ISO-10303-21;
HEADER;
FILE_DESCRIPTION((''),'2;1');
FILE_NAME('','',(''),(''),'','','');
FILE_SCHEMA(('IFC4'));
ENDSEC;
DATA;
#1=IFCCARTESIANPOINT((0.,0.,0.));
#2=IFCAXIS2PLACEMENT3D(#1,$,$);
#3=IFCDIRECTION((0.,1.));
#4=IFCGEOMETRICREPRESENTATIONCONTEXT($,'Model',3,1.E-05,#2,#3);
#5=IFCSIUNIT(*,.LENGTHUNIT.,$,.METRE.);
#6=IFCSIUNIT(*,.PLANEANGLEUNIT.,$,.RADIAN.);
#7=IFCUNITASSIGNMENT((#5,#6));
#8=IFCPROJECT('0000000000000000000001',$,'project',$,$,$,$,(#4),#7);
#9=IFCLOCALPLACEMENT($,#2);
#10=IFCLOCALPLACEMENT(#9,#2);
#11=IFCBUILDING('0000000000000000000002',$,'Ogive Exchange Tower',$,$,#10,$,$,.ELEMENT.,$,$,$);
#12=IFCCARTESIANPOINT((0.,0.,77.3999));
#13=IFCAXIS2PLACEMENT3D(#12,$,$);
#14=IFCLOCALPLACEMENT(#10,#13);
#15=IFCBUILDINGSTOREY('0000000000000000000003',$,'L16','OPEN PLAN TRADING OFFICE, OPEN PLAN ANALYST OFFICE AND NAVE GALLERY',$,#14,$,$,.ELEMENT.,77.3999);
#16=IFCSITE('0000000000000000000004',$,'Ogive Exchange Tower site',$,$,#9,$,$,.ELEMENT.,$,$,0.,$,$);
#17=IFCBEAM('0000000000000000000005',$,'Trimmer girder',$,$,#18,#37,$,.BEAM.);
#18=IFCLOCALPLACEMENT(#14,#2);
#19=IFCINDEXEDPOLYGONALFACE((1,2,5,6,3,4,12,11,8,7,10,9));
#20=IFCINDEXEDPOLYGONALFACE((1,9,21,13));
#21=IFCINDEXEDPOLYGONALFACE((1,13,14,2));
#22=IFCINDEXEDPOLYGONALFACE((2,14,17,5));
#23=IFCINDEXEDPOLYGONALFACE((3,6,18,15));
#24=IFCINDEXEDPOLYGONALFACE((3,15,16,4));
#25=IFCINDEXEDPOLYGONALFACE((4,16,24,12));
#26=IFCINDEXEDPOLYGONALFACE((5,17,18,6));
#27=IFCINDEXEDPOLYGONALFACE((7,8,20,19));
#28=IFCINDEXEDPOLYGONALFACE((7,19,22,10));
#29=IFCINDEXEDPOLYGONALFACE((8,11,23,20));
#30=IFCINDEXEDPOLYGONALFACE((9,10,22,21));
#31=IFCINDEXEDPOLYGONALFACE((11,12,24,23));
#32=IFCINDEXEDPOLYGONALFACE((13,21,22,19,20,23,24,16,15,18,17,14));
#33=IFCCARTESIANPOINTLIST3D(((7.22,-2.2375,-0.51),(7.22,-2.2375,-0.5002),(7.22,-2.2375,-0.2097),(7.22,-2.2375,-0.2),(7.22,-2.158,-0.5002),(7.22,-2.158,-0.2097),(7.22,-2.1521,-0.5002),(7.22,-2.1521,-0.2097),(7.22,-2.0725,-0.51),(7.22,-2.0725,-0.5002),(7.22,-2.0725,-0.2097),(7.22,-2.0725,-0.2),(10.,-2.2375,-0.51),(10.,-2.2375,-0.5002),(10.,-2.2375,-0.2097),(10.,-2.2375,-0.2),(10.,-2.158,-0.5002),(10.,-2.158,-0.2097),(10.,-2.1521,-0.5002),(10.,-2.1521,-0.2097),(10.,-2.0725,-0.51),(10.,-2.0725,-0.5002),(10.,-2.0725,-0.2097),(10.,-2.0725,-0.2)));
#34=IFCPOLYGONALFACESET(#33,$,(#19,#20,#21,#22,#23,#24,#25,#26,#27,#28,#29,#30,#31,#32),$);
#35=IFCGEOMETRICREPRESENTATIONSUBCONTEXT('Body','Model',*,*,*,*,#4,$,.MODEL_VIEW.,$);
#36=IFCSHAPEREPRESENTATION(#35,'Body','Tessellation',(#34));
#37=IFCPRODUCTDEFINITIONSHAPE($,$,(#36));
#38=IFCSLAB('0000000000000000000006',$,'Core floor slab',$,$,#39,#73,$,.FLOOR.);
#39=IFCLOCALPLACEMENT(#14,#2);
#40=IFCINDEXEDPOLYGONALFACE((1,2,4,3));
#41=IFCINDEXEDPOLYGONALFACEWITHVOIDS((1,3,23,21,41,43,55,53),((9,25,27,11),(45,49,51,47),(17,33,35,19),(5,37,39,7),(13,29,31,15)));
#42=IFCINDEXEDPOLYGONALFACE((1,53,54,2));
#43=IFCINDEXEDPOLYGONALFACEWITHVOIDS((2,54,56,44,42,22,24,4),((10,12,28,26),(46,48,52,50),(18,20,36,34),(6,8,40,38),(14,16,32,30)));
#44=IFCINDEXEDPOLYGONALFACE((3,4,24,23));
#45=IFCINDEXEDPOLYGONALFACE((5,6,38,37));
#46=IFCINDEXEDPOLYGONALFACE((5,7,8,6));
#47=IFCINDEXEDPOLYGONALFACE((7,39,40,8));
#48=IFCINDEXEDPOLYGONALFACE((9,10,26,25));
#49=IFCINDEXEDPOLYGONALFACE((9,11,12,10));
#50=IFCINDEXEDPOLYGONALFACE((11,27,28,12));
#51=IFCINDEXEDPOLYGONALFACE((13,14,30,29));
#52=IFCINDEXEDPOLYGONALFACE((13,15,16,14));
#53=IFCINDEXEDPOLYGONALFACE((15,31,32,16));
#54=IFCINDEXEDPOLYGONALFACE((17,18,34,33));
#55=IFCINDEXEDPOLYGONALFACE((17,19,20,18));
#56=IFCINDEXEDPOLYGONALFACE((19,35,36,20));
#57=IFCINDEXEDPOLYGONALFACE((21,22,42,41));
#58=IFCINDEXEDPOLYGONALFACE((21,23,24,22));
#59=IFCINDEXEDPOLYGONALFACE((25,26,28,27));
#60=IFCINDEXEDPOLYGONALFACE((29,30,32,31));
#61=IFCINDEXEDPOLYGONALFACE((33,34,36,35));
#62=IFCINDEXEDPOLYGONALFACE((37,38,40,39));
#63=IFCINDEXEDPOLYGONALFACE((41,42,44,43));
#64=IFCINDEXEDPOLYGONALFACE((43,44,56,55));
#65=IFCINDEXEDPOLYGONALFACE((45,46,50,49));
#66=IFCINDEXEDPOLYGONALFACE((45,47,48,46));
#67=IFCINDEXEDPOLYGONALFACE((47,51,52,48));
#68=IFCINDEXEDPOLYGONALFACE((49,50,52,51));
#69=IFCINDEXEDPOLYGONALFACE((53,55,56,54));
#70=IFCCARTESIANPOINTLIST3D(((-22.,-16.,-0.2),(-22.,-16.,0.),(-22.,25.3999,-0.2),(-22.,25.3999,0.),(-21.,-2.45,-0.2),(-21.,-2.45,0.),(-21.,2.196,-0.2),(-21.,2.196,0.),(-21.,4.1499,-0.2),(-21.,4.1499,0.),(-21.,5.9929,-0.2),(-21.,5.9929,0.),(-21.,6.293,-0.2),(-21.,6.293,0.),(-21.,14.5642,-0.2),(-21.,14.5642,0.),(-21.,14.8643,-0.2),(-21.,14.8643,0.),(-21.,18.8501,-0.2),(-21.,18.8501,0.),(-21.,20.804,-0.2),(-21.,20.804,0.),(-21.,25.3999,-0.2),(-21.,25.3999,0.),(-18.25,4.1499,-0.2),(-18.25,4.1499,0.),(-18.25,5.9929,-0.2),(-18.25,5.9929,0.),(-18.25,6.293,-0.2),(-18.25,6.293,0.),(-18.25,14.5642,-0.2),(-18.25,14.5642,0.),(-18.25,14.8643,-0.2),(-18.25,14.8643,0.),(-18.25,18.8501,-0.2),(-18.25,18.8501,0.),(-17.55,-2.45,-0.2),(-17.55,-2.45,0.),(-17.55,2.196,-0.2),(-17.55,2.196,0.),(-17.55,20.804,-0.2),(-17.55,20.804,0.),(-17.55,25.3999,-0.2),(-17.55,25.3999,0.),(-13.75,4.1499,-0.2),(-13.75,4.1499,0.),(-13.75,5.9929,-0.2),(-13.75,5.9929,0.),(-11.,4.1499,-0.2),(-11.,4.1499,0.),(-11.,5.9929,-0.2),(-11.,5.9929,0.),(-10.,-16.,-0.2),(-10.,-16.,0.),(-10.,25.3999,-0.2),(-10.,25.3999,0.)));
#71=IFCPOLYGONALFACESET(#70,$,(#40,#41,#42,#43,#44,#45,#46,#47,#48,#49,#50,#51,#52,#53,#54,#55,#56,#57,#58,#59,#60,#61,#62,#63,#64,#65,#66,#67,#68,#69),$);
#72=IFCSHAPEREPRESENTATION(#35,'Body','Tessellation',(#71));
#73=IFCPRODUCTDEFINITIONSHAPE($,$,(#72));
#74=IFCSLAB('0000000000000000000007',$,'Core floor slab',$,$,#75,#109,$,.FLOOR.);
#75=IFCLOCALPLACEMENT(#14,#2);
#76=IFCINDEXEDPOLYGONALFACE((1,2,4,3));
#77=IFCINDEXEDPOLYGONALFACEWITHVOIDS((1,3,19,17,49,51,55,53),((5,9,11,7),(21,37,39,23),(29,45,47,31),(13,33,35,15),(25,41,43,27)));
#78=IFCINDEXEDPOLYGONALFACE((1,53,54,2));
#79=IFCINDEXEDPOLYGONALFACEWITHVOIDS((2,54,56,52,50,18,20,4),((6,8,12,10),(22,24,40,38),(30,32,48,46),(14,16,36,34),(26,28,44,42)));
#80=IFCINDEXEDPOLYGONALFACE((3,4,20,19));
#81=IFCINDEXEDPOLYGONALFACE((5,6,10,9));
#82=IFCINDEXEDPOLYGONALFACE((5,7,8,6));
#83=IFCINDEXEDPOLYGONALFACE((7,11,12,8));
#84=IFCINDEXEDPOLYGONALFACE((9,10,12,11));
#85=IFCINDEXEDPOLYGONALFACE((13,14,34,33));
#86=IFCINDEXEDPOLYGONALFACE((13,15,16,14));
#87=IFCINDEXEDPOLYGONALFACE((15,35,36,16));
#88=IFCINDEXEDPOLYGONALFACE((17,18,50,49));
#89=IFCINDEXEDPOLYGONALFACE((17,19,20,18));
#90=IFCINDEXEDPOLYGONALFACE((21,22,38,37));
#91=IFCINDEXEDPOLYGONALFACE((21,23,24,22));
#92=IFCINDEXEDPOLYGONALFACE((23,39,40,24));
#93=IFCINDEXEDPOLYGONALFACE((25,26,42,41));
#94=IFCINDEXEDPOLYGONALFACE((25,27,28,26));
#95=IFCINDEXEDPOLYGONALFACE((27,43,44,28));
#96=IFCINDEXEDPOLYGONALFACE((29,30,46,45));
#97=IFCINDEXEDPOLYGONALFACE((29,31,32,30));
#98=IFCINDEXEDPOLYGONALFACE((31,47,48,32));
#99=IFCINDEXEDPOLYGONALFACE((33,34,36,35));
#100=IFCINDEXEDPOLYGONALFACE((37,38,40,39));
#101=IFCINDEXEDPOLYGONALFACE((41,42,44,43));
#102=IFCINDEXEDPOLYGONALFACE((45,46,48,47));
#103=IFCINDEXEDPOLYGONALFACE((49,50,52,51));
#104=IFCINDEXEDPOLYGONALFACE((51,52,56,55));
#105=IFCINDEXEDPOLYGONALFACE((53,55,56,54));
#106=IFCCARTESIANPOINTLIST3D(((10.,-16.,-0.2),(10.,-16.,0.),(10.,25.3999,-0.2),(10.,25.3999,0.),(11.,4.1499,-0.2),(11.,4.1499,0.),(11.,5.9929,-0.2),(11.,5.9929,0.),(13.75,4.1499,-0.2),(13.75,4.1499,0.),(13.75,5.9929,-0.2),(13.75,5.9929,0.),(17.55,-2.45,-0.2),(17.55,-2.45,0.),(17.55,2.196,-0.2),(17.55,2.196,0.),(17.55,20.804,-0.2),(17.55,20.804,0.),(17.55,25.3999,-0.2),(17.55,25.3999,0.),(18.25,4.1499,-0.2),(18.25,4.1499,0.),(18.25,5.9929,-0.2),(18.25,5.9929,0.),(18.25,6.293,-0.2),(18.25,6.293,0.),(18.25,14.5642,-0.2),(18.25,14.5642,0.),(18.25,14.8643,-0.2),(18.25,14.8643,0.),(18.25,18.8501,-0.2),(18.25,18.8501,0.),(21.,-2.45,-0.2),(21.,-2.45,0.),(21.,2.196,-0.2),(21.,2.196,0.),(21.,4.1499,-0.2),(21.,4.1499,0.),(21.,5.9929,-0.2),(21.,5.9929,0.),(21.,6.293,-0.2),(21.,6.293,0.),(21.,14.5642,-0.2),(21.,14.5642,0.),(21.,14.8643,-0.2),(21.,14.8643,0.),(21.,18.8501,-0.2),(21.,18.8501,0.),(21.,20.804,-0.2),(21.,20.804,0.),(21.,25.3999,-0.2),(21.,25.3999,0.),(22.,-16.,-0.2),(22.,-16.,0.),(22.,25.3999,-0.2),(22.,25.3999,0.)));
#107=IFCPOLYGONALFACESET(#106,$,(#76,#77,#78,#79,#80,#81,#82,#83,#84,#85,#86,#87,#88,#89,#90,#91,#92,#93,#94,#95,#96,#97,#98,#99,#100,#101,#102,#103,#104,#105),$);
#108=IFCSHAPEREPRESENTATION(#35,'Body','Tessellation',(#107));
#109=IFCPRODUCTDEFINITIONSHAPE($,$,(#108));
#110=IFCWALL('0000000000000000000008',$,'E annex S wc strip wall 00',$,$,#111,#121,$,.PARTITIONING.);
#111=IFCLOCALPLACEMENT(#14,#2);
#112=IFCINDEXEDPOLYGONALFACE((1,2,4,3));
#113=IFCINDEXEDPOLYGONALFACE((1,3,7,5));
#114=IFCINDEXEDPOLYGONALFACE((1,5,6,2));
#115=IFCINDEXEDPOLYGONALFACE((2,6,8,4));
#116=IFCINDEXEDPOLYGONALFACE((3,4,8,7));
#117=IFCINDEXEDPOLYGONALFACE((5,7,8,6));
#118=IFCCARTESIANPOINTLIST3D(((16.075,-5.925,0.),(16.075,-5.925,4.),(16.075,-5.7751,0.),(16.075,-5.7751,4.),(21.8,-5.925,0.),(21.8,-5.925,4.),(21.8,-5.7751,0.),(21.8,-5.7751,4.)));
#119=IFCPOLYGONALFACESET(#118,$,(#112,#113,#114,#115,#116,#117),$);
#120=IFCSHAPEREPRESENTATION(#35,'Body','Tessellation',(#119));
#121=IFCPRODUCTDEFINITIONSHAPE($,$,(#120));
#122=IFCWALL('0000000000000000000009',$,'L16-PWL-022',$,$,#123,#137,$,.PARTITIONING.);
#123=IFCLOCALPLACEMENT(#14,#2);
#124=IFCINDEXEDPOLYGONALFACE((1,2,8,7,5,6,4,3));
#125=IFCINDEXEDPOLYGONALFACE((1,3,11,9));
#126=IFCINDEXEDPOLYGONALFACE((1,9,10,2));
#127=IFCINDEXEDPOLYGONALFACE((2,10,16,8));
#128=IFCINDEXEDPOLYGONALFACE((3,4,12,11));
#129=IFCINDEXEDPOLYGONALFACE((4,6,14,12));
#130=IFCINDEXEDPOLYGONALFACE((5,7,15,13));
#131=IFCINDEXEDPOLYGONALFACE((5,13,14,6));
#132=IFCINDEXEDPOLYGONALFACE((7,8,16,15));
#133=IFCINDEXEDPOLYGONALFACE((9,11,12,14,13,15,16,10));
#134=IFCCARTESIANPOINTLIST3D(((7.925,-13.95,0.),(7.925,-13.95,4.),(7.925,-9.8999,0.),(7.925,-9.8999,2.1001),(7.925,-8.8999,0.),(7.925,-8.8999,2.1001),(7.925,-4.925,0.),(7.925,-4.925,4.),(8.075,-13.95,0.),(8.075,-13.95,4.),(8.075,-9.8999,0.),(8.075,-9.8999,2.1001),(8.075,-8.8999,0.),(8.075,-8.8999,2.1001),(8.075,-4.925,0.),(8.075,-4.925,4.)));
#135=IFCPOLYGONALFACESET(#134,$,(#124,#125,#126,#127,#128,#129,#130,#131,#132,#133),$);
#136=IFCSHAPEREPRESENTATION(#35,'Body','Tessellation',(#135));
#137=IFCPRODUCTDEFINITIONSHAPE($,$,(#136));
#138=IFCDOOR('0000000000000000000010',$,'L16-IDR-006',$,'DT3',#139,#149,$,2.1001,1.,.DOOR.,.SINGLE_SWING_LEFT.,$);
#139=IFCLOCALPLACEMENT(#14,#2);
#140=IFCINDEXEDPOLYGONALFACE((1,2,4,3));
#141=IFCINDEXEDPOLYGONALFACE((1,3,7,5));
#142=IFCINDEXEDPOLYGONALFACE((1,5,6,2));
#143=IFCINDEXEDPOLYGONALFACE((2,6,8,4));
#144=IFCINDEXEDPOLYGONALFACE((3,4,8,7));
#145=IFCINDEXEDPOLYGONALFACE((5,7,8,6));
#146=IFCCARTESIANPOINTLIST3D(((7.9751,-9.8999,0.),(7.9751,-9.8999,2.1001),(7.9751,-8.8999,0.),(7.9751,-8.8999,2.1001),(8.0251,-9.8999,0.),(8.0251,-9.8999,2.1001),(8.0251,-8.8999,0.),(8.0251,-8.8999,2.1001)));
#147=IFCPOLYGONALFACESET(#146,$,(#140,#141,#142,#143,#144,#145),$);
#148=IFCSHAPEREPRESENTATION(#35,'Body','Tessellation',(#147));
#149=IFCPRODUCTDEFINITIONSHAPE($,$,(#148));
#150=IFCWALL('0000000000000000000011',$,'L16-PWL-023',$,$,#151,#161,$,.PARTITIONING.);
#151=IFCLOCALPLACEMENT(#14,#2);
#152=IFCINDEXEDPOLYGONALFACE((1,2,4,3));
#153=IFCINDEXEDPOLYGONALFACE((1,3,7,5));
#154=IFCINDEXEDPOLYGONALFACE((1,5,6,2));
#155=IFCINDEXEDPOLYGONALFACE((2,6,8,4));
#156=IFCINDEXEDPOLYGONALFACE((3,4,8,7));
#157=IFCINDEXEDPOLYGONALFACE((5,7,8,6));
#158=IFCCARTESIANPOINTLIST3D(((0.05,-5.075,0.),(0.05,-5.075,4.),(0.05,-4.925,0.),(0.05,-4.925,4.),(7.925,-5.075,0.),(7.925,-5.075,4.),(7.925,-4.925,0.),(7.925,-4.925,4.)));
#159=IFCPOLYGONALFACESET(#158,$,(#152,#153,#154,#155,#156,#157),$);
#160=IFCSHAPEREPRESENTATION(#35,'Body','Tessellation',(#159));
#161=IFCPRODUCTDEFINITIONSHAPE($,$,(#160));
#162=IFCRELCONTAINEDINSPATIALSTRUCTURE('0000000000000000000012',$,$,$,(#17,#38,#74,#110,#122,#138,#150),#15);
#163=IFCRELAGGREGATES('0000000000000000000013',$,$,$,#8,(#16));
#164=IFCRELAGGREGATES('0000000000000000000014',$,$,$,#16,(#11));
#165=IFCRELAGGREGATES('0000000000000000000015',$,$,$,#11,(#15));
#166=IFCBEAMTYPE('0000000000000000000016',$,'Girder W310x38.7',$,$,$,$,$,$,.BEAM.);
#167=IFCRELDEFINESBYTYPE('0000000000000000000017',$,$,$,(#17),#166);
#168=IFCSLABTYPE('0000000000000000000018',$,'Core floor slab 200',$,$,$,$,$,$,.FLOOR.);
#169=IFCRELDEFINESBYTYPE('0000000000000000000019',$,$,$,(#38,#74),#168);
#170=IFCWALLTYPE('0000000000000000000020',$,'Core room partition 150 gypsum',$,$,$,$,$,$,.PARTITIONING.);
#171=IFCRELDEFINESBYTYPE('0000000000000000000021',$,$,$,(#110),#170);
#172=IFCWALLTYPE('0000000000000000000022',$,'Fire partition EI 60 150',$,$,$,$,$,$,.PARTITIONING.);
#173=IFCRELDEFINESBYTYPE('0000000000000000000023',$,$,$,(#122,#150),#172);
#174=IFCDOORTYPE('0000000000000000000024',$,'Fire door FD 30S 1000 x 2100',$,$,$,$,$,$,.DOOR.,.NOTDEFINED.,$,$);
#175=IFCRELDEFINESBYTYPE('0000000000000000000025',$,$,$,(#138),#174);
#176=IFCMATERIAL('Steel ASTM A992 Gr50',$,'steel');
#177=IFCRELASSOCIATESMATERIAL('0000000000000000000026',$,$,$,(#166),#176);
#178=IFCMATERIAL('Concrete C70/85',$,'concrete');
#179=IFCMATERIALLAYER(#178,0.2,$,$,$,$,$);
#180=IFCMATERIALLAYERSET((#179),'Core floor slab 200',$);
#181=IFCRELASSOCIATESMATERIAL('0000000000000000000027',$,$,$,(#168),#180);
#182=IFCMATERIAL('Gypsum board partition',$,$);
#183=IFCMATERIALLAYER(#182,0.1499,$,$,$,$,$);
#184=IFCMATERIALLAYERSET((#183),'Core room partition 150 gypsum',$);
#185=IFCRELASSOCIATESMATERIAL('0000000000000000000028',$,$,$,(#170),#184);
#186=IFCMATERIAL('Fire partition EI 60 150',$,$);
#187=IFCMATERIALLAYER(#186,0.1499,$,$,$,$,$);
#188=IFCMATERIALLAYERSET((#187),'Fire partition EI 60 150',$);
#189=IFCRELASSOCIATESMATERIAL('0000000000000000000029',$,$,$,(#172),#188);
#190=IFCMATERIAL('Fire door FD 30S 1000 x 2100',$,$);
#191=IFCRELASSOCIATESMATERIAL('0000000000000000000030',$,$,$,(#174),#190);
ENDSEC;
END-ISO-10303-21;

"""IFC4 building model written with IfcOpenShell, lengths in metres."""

from ifc_helpers import new_model, si_unit, direction, frame, frame_2d, origin, origin_2d, place, context, subcontext, project, spatial, polyline, rectangle, i_section, outline, extrude, material, layer, layer_set, material_profile, profile_set, type_object, element, fill, save


model = new_model("IFC4")

# Units and contexts
model_context = context("Model", 3, precision=1e-05, world=origin(), true_north=direction((0.0, 1.0)))
body_context = subcontext(model_context, "Body", "Model", "MODEL_VIEW")
ifc_project = project(units=[si_unit("LENGTHUNIT", "METRE"), si_unit("PLANEANGLEUNIT", "RADIAN")], contexts=[model_context])

# Site, building, storey
site_placement = place(None, origin())
site = spatial("IfcSite", under=ifc_project, at=site_placement, Name="Ogive Exchange Tower site", CompositionType="ELEMENT", RefElevation=0.0)
building_placement = place(site_placement, origin())
building = spatial("IfcBuilding", under=site, at=building_placement, Name="Ogive Exchange Tower", CompositionType="ELEMENT")
storey_placement = place(building_placement, frame((0.0, 0.0, 77.3999)))
storey = spatial("IfcBuildingStorey", under=building, at=storey_placement, Name="L16", Description="OPEN PLAN TRADING OFFICE, OPEN PLAN ANALYST OFFICE AND NAVE GALLERY", CompositionType="ELEMENT", Elevation=77.3999)

# Beam
ifc_material_1 = material(Name="Steel ASTM A992 Gr50", Category="steel")
ifc_material_profile = material_profile(ifc_material_1, i_section(OverallWidth=0.165, OverallDepth=0.3101, WebThickness=0.0059, FlangeThickness=0.0098, at=origin_2d()), Name="W310x38.7")
ifc_profile_set = profile_set([ifc_material_profile], Name="Steel ASTM A992 Gr50")
beam_type = type_object("IfcBeamType", Name="Girder W310x38.7", PredefinedType="BEAM", material=ifc_profile_set)
beam_placement = place(storey_placement, frame((7.22, -2.155, -0.355), z_axis=(1.0, 0.0, 0.0), x_axis=(0.0, 1.0, 0.0)))
element("IfcBeam", 1, at=beam_placement, inside=storey, type_object=beam_type, Name="Trimmer girder", PredefinedType="BEAM", context=body_context, shape_type="SweptSolid", body=[
    extrude(i_section(OverallWidth=0.165, OverallDepth=0.3101, WebThickness=0.0059, FlangeThickness=0.0098, at=origin_2d()), origin(), (0.0, 0.0, 1.0), 2.78),
])

# Slabs
ifc_material_2 = material(Name="Concrete C70/85", Category="concrete")
ifc_layer_1 = layer(ifc_material_2, 0.2)
ifc_layer_set_1 = layer_set([ifc_layer_1], Name="Core floor slab 200")
slab_type = type_object("IfcSlabType", Name="Core floor slab 200", PredefinedType="FLOOR", material=ifc_layer_set_1)
slab_1_placement = place(storey_placement, frame((0.0, 0.0, -0.2)))
element("IfcSlab", 2, at=slab_1_placement, inside=storey, type_object=slab_type, Name="Core floor slab", PredefinedType="FLOOR", context=body_context, shape_type="SweptSolid", body=[
    extrude(outline(polyline([(-10.0, 25.3999), (-10.0, -16.0), (-22.0, -16.0), (-22.0, 25.3999), (-21.0, 25.3999), (-21.0, 20.804), (-17.55, 20.804), (-17.55, 25.3999), (-10.0, 25.3999)]), holes=[polyline([(-17.55, 2.196), (-21.0, 2.196), (-21.0, -2.45), (-17.55, -2.45), (-17.55, 2.196)]), polyline([(-18.25, 5.9929), (-21.0, 5.9929), (-21.0, 4.1499), (-18.25, 4.1499), (-18.25, 5.9929)]), polyline([(-11.0, 5.9929), (-13.75, 5.9929), (-13.75, 4.1499), (-11.0, 4.1499), (-11.0, 5.9929)]), polyline([(-21.0, 14.5642), (-21.0, 6.293), (-18.25, 6.293), (-18.25, 14.5642), (-21.0, 14.5642)]), polyline([(-18.25, 18.8501), (-21.0, 18.8501), (-21.0, 14.8643), (-18.25, 14.8643), (-18.25, 18.8501)])]), origin(), (0.0, 0.0, 1.0), 0.2),
])
slab_2_placement = place(storey_placement, frame((0.0, 0.0, -0.2)))
element("IfcSlab", 3, at=slab_2_placement, inside=storey, type_object=slab_type, Name="Core floor slab", PredefinedType="FLOOR", context=body_context, shape_type="SweptSolid", body=[
    extrude(outline(polyline([(22.0, 25.3999), (22.0, -16.0), (10.0, -16.0), (10.0, 25.3999), (17.55, 25.3999), (17.55, 20.804), (21.0, 20.804), (21.0, 25.3999), (22.0, 25.3999)]), holes=[polyline([(21.0, 2.196), (17.55, 2.196), (17.55, -2.45), (21.0, -2.45), (21.0, 2.196)]), polyline([(13.75, 5.9929), (11.0, 5.9929), (11.0, 4.1499), (13.75, 4.1499), (13.75, 5.9929)]), polyline([(21.0, 5.9929), (18.25, 5.9929), (18.25, 4.1499), (21.0, 4.1499), (21.0, 5.9929)]), polyline([(18.25, 14.5642), (18.25, 6.293), (21.0, 6.293), (21.0, 14.5642), (18.25, 14.5642)]), polyline([(21.0, 18.8501), (18.25, 18.8501), (18.25, 14.8643), (21.0, 14.8643), (21.0, 18.8501)])]), origin(), (0.0, 0.0, 1.0), 0.2),
])

# Wall
ifc_material_3 = material(Name="Gypsum board partition")
ifc_layer_2 = layer(ifc_material_3, 0.1499)
ifc_layer_set_2 = layer_set([ifc_layer_2], Name="Core room partition 150 gypsum")
wall_type_1 = type_object("IfcWallType", Name="Core room partition 150 gypsum", PredefinedType="PARTITIONING", material=ifc_layer_set_2)
wall_1_placement = place(storey_placement, frame((16.075, -5.8501, 0.0), z_axis=(0.0, 0.0, 1.0), x_axis=(1.0, 0.0, 0.0)))
element("IfcWall", 4, at=wall_1_placement, inside=storey, type_object=wall_type_1, Name="E annex S wc strip wall 00", PredefinedType="PARTITIONING", context=body_context, shape_type="SweptSolid", body=[
    extrude(rectangle(XDim=5.7251, YDim=0.1499, at=frame_2d((2.8625, 0.0))), origin(), (0.0, 0.0, 1.0), 4.0),
])

# Wall, opening, door
ifc_material_4 = material(Name="Fire partition EI 60 150")
ifc_layer_3 = layer(ifc_material_4, 0.1499)
ifc_layer_set_3 = layer_set([ifc_layer_3], Name="Fire partition EI 60 150")
wall_type_2 = type_object("IfcWallType", Name="Fire partition EI 60 150", PredefinedType="PARTITIONING", material=ifc_layer_set_3)
wall_2_placement = place(storey_placement, frame((8.0, -13.95, 0.0), z_axis=(0.0, 0.0, 1.0), x_axis=(0.0, 1.0, 0.0)))
wall_2 = element("IfcWall", 5, at=wall_2_placement, inside=storey, type_object=wall_type_2, Name="L16-PWL-022", PredefinedType="PARTITIONING", context=body_context, shape_type="SweptSolid", body=[
    extrude(rectangle(XDim=9.0249, YDim=0.1499, at=frame_2d((4.5125, 0.0))), origin(), (0.0, 0.0, 1.0), 4.0),
])
opening_1_placement = place(wall_2_placement, frame((4.05, 0.0, 0.0)))
opening_1 = element("IfcOpeningElement", 6, at=opening_1_placement, cuts=wall_2, PredefinedType="OPENING", context=body_context, shape_type="SweptSolid", body=[
    extrude(rectangle(XDim=1.0, YDim=2.1001, at=frame_2d((0.5, 1.05))), frame((0.0, 0.085, 0.0), z_axis=(0.0, -1.0, 0.0), x_axis=(1.0, 0.0, 0.0)), (0.0, 0.0, 1.0), 0.1699),
])
ifc_material_5 = material(Name="Fire door FD 30S 1000 x 2100")
door_type_1 = type_object("IfcDoorType", Name="Fire door FD 30S 1000 x 2100", OperationType="NOTDEFINED", PredefinedType="DOOR", material=ifc_material_5)
door_1_placement = place(opening_1_placement, origin())
door_1 = element("IfcDoor", 7, at=door_1_placement, inside=storey, type_object=door_type_1, Name="L16-IDR-006", ObjectType="DT3", OperationType="SINGLE_SWING_LEFT", OverallHeight=2.1001, OverallWidth=1.0, PredefinedType="DOOR", context=body_context, shape_type="SweptSolid", body=[
    extrude(rectangle(XDim=1.0, YDim=2.1001, at=frame_2d((0.5, 1.05))), frame((0.0, 0.0249, 0.0), z_axis=(0.0, -1.0, 0.0), x_axis=(1.0, 0.0, 0.0)), (0.0, 0.0, 1.0), 0.05),
])
fill(opening_1, door_1)

# Wall
wall_3_placement = place(storey_placement, frame((7.925, -5.0, 0.0), z_axis=(0.0, 0.0, 1.0), x_axis=(-1.0, 0.0, 0.0)))
element("IfcWall", 8, at=wall_3_placement, inside=storey, type_object=wall_type_2, Name="L16-PWL-023", PredefinedType="PARTITIONING", context=body_context, shape_type="SweptSolid", body=[
    extrude(rectangle(XDim=7.875, YDim=0.1499, at=frame_2d((3.9375, 0.0))), origin(), (0.0, 0.0, 1.0), 4.0),
])

save(model, "model.ifc")
